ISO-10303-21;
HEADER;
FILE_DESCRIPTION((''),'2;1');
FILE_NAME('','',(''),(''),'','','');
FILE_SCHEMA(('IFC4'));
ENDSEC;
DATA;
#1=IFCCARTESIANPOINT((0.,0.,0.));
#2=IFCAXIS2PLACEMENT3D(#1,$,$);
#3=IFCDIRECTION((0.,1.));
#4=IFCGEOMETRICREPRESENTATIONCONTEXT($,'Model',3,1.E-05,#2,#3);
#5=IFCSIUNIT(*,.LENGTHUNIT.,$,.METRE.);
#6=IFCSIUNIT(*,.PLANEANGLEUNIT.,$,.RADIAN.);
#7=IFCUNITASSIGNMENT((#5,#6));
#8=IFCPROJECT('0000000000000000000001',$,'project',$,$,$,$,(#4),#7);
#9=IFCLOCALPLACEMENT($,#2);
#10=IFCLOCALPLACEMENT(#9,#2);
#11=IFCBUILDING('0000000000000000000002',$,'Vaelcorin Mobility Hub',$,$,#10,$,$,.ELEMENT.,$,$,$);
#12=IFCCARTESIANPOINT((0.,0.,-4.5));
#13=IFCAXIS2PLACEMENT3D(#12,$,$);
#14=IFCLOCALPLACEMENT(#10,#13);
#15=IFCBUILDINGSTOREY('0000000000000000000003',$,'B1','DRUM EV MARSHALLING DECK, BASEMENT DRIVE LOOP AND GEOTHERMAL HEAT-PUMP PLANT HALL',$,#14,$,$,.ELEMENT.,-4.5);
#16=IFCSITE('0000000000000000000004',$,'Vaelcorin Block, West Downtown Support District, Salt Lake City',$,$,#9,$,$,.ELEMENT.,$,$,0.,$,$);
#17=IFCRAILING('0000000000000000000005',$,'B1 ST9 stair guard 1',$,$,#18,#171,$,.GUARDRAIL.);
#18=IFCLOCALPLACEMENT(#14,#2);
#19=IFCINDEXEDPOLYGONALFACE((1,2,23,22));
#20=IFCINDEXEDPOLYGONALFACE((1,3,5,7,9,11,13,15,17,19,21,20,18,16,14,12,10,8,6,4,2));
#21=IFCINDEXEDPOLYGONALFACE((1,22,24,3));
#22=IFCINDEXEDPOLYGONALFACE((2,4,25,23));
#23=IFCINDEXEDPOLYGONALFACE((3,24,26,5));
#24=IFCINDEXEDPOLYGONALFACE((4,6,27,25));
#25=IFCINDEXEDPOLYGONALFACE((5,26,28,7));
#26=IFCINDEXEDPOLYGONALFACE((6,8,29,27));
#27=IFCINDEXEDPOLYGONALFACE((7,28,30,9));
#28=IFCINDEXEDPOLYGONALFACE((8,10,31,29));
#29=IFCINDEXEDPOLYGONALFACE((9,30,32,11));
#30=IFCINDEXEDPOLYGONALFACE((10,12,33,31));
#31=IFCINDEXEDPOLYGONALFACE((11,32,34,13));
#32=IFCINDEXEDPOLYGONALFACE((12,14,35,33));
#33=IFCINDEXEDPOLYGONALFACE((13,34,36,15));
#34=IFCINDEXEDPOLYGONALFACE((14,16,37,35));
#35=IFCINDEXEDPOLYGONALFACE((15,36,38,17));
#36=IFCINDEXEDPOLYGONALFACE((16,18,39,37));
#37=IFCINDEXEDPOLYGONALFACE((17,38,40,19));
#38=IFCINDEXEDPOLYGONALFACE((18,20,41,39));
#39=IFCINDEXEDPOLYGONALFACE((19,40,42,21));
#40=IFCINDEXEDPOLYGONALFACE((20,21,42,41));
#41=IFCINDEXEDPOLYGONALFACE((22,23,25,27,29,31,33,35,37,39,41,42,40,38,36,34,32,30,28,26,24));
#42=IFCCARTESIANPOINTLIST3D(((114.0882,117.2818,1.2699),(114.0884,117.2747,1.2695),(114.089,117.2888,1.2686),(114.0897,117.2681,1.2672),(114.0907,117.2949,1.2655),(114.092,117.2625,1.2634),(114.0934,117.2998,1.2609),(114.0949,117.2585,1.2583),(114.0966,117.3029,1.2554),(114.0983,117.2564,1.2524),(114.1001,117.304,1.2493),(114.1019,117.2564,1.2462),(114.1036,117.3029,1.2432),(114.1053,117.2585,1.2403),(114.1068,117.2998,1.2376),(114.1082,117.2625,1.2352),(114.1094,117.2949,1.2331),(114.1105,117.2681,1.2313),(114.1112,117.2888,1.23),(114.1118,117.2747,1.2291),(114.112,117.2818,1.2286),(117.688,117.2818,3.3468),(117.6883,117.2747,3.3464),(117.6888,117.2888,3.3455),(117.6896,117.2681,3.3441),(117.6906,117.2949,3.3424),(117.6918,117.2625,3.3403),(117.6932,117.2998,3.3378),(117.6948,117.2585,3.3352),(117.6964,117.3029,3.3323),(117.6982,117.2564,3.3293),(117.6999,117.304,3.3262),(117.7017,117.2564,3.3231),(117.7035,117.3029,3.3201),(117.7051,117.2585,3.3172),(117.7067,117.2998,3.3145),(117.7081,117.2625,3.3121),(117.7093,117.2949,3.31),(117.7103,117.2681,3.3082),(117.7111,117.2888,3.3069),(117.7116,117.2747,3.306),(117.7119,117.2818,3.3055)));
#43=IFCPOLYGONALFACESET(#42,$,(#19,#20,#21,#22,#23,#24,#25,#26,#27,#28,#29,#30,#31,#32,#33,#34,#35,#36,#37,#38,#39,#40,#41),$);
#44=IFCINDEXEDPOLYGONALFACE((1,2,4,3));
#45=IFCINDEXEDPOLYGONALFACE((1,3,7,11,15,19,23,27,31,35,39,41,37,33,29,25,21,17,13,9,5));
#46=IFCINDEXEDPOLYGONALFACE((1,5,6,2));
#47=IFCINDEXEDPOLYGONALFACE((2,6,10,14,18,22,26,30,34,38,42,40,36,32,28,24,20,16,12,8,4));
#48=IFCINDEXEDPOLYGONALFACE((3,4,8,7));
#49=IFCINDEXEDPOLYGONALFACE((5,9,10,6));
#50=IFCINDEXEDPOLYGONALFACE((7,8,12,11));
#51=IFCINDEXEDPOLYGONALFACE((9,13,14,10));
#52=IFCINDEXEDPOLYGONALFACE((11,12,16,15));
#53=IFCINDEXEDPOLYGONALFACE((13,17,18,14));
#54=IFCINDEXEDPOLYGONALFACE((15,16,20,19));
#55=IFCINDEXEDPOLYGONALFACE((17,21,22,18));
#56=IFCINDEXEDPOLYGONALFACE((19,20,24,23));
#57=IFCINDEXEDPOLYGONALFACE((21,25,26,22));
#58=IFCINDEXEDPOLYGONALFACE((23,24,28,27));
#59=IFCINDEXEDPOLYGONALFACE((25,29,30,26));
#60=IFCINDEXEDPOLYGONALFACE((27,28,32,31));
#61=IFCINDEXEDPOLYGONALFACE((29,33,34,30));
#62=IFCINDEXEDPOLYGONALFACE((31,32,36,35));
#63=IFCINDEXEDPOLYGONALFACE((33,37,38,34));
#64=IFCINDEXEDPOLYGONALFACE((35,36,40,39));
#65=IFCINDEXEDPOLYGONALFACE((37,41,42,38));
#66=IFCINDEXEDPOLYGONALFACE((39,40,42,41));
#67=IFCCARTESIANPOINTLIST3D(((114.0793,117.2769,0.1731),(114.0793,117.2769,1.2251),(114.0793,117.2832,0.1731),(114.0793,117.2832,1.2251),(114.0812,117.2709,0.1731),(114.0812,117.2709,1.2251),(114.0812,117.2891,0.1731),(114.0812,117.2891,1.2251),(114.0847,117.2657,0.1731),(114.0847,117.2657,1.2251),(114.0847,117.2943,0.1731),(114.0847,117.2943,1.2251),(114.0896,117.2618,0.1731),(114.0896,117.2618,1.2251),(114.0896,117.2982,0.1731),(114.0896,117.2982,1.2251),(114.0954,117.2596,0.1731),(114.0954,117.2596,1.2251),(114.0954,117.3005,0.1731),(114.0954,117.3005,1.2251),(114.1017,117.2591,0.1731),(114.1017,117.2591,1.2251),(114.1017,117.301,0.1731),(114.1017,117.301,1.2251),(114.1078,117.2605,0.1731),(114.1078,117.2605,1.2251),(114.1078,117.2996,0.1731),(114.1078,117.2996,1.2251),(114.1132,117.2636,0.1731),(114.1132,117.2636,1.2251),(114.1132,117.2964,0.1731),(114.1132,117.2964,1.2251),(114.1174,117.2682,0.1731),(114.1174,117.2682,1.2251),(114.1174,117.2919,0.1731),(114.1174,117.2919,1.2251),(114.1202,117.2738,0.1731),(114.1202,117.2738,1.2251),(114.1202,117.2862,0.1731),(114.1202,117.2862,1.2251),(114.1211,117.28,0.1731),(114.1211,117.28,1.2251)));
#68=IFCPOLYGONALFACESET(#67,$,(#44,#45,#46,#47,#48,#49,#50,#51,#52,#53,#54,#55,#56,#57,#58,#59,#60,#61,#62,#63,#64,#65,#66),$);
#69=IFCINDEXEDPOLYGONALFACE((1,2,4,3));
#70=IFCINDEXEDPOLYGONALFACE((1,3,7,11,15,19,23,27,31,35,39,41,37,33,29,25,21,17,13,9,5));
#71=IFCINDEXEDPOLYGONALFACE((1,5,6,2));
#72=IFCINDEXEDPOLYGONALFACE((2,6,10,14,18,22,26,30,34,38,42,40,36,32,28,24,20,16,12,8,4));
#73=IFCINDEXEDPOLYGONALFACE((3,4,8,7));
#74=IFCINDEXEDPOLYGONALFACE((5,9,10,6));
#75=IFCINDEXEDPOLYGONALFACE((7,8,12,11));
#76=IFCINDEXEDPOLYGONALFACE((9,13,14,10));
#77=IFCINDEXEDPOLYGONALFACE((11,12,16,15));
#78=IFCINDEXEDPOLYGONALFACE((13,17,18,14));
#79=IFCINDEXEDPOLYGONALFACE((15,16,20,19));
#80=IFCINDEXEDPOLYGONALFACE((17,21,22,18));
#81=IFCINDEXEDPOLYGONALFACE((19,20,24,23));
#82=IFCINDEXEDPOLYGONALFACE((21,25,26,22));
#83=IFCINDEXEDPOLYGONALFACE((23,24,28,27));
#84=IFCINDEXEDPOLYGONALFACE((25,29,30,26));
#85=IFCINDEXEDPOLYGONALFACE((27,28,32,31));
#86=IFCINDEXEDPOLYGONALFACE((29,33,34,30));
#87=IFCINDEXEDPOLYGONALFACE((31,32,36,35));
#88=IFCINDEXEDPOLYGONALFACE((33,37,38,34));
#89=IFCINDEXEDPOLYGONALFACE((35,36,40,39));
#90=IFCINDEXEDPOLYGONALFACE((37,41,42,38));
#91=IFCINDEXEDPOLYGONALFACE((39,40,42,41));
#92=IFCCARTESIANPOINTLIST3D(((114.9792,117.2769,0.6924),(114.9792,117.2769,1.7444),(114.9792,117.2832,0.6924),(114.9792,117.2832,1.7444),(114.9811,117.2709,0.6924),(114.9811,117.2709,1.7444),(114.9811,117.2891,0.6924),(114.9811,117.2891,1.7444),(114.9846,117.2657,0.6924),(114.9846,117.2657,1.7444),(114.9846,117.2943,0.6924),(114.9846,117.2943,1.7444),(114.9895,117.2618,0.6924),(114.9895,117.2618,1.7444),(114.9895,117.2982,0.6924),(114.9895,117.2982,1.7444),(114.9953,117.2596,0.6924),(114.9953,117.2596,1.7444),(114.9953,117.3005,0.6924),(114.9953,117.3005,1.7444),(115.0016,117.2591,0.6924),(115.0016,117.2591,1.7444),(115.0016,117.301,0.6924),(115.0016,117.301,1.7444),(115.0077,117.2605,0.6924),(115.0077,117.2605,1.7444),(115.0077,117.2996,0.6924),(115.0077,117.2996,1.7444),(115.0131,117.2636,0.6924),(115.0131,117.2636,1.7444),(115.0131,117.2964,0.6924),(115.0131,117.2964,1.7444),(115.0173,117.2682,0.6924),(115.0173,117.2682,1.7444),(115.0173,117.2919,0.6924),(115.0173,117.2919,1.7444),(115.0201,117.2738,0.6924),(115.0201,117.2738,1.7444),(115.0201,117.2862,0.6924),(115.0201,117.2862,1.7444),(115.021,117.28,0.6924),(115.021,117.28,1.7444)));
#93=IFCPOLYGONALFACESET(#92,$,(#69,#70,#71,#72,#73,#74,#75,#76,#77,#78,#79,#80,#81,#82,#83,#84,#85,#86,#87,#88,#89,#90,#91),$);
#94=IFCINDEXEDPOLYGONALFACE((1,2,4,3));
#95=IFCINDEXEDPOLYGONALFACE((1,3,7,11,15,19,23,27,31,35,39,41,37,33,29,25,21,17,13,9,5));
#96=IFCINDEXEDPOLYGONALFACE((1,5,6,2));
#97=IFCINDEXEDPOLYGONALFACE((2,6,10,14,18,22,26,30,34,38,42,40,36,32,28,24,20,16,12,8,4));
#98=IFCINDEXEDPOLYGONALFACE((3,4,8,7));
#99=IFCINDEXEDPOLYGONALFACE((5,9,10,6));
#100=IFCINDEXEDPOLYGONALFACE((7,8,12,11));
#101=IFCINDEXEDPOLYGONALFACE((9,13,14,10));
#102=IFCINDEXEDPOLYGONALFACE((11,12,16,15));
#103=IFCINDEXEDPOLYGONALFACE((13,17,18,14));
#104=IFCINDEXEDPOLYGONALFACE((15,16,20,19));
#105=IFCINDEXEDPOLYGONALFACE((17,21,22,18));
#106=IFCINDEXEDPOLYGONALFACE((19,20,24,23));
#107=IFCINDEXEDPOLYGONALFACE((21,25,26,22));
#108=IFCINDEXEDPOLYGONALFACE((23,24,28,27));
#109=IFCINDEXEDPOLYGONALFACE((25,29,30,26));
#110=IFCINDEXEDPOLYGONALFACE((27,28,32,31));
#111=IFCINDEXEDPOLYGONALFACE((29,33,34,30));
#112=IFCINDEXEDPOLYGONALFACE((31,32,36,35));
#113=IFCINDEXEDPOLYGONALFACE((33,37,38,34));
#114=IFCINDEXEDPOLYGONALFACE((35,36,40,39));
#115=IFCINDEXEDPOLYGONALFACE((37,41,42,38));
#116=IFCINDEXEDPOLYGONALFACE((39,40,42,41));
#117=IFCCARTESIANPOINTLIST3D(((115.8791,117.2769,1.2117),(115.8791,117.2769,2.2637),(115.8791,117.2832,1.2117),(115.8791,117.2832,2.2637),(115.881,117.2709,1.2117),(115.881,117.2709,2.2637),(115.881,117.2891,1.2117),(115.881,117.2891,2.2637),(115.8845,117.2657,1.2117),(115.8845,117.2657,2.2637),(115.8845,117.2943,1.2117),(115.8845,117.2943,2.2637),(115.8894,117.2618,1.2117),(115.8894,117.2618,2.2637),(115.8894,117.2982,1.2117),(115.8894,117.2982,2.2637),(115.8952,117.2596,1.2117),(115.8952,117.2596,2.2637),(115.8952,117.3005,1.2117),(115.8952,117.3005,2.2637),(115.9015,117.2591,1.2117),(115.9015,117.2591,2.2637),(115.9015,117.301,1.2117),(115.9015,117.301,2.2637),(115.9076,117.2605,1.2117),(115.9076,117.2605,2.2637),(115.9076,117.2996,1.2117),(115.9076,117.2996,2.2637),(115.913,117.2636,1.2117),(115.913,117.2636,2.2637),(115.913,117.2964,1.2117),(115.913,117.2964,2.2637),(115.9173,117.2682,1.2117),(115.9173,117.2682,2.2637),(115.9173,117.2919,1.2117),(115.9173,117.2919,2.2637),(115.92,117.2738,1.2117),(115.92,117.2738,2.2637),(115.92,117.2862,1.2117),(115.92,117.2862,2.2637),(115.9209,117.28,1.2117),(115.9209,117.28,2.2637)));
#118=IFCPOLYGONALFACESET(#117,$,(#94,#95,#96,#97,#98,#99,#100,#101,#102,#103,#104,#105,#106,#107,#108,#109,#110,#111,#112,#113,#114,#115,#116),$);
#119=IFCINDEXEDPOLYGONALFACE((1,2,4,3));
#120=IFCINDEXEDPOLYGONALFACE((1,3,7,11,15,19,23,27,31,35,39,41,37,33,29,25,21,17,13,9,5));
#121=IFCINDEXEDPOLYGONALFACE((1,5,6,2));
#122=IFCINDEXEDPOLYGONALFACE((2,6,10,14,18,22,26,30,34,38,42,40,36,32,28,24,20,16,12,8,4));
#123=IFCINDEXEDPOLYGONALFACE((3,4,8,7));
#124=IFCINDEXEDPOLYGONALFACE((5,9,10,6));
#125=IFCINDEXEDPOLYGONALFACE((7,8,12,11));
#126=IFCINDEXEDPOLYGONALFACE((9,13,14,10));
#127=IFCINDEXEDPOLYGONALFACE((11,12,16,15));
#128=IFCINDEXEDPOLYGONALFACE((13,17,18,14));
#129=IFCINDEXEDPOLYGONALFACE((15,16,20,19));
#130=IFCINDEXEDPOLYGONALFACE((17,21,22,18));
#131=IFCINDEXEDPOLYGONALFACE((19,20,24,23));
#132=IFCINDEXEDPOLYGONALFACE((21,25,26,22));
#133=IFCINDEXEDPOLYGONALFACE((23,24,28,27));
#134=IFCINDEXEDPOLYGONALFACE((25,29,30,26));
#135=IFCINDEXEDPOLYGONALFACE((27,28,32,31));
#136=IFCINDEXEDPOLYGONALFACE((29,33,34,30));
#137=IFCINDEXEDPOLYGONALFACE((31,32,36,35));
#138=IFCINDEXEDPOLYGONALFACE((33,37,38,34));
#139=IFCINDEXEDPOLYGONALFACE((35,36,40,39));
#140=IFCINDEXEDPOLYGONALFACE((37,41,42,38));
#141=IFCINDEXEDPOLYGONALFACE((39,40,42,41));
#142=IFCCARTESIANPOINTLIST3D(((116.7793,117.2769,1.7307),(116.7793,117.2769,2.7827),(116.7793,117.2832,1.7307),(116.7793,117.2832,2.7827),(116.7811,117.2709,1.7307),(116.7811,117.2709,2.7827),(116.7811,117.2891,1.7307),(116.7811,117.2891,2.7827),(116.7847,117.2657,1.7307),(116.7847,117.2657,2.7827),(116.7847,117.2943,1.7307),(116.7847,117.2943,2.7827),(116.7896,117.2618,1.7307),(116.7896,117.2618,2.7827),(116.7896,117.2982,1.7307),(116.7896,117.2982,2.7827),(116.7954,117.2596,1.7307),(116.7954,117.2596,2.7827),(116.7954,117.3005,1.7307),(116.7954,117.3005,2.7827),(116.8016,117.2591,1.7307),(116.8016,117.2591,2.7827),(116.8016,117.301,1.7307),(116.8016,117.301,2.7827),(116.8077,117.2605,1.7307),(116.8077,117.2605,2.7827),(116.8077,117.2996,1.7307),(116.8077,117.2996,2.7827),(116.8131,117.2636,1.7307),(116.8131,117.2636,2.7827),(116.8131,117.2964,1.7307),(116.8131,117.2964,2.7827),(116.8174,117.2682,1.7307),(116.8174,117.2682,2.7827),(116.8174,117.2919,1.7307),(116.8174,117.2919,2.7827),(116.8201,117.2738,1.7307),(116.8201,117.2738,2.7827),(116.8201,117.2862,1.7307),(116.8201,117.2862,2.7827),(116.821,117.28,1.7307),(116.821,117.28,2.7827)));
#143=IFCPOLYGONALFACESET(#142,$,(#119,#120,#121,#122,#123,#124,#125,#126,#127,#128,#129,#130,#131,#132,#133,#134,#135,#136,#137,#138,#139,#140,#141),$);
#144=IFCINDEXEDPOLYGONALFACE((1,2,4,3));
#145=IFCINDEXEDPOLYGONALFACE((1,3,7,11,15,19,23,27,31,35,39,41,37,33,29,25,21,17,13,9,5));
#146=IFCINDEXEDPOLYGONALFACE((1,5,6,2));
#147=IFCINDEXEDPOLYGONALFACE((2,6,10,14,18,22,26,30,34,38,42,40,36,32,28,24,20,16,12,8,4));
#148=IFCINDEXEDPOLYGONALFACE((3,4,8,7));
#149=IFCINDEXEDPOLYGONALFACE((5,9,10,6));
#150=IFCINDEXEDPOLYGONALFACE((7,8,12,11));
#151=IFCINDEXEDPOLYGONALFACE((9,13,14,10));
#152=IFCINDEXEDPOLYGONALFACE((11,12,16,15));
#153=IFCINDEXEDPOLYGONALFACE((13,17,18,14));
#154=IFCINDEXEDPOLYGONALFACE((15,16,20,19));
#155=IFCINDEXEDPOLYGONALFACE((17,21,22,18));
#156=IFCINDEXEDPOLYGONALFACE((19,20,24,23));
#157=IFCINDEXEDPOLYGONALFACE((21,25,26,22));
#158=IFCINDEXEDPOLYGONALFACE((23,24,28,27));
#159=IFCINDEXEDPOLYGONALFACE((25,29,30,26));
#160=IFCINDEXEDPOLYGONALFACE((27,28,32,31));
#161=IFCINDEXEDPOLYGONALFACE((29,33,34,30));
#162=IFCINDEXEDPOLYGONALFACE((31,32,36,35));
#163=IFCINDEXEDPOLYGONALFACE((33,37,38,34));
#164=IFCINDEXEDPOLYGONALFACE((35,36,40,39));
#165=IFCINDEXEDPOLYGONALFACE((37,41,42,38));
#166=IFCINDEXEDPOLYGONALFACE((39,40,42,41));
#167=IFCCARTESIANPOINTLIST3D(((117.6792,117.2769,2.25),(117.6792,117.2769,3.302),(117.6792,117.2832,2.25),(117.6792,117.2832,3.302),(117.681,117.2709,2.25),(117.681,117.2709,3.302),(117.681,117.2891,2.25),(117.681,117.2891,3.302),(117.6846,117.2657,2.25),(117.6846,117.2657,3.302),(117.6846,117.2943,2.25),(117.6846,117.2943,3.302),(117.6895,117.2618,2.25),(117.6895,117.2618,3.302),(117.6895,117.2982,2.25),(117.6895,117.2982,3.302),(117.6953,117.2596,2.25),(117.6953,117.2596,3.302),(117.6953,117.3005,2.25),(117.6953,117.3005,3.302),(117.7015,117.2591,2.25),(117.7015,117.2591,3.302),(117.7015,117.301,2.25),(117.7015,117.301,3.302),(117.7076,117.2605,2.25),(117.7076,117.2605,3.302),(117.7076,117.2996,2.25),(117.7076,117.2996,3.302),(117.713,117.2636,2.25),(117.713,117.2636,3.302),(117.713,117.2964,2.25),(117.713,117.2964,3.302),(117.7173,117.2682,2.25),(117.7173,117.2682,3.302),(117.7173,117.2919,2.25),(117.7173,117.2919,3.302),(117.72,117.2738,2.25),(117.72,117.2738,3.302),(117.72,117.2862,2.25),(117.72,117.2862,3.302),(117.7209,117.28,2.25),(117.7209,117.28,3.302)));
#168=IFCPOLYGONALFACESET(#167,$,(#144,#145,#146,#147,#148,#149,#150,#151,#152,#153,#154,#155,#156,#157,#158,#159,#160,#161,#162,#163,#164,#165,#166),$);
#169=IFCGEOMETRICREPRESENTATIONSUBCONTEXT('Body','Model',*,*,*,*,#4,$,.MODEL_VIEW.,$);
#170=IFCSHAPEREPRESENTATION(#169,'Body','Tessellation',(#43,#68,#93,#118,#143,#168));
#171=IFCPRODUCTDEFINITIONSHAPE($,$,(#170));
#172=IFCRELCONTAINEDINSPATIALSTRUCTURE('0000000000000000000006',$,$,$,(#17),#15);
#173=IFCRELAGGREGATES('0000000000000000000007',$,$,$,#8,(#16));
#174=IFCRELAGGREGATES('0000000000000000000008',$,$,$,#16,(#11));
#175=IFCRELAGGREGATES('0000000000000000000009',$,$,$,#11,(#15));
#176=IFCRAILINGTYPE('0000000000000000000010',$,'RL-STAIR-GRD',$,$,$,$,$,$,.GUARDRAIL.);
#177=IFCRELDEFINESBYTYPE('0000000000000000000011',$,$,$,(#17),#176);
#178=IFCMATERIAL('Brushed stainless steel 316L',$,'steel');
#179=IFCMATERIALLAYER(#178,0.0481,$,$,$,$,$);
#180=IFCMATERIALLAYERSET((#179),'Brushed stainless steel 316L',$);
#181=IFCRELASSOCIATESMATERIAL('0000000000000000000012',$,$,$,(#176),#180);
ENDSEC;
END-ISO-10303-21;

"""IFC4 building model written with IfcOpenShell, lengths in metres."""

from ifc_helpers import new_model, si_unit, direction, frame, origin, origin_2d, place, context, subcontext, project, spatial, circle, extrude, material, layer, layer_set, type_object, element, save


model = new_model("IFC4")

# Units and contexts
model_context = context("Model", 3, precision=1e-05, world=origin(), true_north=direction((0.0, 1.0)))
body_context = subcontext(model_context, "Body", "Model", "MODEL_VIEW")
ifc_project = project(units=[si_unit("LENGTHUNIT", "METRE"), si_unit("PLANEANGLEUNIT", "RADIAN")], contexts=[model_context])

# Site, building, storey
site_placement = place(None, origin())
site = spatial("IfcSite", under=ifc_project, at=site_placement, Name="Vaelcorin Block, West Downtown Support District, Salt Lake City", CompositionType="ELEMENT", RefElevation=0.0)
building_placement = place(site_placement, origin())
building = spatial("IfcBuilding", under=site, at=building_placement, Name="Vaelcorin Mobility Hub", CompositionType="ELEMENT")
storey_placement = place(building_placement, frame((0.0, 0.0, -4.5)))
storey = spatial("IfcBuildingStorey", under=building, at=storey_placement, Name="B1", Description="DRUM EV MARSHALLING DECK, BASEMENT DRIVE LOOP AND GEOTHERMAL HEAT-PUMP PLANT HALL", CompositionType="ELEMENT", Elevation=-4.5)

# Railing
ifc_material_1 = material(Name="Brushed stainless steel 316L", Category="steel")
ifc_layer_1 = layer(ifc_material_1, 0.0481)
ifc_layer_set_1 = layer_set([ifc_layer_1], Name="Brushed stainless steel 316L")
railing_type_1 = type_object("IfcRailingType", Name="RL-STAIR-GRD", PredefinedType="GUARDRAIL", material=ifc_layer_set_1)
railing_1_placement = place(storey_placement, frame((114.1001, 117.28, 0.1731)))
element("IfcRailing", 1, at=railing_1_placement, inside=storey, type_object=railing_type_1, Name="B1 ST9 stair guard 1", PredefinedType="GUARDRAIL", context=body_context, shape_type="SweptSolid", body=[
    extrude(circle(Radius=0.0239, at=origin_2d()), frame((0.0, 0.0, 1.0762), z_axis=(0.866179, 0.0, 0.499734), x_axis=(0.0, 1.0, 0.0)), (0.0, 0.0, 1.0), 4.156),
    extrude(circle(Radius=0.021, at=origin_2d()), origin(), (0.0, 0.0, 1.0), 1.052),
    extrude(circle(Radius=0.021, at=origin_2d()), frame((0.8999, 0.0, 0.5193)), (0.0, 0.0, 1.0), 1.052),
    extrude(circle(Radius=0.021, at=origin_2d()), frame((1.7998, 0.0, 1.0386)), (0.0, 0.0, 1.0), 1.052),
    extrude(circle(Radius=0.021, at=origin_2d()), frame((2.7, 0.0, 1.5576)), (0.0, 0.0, 1.0), 1.052),
    extrude(circle(Radius=0.021, at=origin_2d()), frame((3.5999, 0.0, 2.0769)), (0.0, 0.0, 1.0), 1.052),
])

save(model, "model.ifc")
